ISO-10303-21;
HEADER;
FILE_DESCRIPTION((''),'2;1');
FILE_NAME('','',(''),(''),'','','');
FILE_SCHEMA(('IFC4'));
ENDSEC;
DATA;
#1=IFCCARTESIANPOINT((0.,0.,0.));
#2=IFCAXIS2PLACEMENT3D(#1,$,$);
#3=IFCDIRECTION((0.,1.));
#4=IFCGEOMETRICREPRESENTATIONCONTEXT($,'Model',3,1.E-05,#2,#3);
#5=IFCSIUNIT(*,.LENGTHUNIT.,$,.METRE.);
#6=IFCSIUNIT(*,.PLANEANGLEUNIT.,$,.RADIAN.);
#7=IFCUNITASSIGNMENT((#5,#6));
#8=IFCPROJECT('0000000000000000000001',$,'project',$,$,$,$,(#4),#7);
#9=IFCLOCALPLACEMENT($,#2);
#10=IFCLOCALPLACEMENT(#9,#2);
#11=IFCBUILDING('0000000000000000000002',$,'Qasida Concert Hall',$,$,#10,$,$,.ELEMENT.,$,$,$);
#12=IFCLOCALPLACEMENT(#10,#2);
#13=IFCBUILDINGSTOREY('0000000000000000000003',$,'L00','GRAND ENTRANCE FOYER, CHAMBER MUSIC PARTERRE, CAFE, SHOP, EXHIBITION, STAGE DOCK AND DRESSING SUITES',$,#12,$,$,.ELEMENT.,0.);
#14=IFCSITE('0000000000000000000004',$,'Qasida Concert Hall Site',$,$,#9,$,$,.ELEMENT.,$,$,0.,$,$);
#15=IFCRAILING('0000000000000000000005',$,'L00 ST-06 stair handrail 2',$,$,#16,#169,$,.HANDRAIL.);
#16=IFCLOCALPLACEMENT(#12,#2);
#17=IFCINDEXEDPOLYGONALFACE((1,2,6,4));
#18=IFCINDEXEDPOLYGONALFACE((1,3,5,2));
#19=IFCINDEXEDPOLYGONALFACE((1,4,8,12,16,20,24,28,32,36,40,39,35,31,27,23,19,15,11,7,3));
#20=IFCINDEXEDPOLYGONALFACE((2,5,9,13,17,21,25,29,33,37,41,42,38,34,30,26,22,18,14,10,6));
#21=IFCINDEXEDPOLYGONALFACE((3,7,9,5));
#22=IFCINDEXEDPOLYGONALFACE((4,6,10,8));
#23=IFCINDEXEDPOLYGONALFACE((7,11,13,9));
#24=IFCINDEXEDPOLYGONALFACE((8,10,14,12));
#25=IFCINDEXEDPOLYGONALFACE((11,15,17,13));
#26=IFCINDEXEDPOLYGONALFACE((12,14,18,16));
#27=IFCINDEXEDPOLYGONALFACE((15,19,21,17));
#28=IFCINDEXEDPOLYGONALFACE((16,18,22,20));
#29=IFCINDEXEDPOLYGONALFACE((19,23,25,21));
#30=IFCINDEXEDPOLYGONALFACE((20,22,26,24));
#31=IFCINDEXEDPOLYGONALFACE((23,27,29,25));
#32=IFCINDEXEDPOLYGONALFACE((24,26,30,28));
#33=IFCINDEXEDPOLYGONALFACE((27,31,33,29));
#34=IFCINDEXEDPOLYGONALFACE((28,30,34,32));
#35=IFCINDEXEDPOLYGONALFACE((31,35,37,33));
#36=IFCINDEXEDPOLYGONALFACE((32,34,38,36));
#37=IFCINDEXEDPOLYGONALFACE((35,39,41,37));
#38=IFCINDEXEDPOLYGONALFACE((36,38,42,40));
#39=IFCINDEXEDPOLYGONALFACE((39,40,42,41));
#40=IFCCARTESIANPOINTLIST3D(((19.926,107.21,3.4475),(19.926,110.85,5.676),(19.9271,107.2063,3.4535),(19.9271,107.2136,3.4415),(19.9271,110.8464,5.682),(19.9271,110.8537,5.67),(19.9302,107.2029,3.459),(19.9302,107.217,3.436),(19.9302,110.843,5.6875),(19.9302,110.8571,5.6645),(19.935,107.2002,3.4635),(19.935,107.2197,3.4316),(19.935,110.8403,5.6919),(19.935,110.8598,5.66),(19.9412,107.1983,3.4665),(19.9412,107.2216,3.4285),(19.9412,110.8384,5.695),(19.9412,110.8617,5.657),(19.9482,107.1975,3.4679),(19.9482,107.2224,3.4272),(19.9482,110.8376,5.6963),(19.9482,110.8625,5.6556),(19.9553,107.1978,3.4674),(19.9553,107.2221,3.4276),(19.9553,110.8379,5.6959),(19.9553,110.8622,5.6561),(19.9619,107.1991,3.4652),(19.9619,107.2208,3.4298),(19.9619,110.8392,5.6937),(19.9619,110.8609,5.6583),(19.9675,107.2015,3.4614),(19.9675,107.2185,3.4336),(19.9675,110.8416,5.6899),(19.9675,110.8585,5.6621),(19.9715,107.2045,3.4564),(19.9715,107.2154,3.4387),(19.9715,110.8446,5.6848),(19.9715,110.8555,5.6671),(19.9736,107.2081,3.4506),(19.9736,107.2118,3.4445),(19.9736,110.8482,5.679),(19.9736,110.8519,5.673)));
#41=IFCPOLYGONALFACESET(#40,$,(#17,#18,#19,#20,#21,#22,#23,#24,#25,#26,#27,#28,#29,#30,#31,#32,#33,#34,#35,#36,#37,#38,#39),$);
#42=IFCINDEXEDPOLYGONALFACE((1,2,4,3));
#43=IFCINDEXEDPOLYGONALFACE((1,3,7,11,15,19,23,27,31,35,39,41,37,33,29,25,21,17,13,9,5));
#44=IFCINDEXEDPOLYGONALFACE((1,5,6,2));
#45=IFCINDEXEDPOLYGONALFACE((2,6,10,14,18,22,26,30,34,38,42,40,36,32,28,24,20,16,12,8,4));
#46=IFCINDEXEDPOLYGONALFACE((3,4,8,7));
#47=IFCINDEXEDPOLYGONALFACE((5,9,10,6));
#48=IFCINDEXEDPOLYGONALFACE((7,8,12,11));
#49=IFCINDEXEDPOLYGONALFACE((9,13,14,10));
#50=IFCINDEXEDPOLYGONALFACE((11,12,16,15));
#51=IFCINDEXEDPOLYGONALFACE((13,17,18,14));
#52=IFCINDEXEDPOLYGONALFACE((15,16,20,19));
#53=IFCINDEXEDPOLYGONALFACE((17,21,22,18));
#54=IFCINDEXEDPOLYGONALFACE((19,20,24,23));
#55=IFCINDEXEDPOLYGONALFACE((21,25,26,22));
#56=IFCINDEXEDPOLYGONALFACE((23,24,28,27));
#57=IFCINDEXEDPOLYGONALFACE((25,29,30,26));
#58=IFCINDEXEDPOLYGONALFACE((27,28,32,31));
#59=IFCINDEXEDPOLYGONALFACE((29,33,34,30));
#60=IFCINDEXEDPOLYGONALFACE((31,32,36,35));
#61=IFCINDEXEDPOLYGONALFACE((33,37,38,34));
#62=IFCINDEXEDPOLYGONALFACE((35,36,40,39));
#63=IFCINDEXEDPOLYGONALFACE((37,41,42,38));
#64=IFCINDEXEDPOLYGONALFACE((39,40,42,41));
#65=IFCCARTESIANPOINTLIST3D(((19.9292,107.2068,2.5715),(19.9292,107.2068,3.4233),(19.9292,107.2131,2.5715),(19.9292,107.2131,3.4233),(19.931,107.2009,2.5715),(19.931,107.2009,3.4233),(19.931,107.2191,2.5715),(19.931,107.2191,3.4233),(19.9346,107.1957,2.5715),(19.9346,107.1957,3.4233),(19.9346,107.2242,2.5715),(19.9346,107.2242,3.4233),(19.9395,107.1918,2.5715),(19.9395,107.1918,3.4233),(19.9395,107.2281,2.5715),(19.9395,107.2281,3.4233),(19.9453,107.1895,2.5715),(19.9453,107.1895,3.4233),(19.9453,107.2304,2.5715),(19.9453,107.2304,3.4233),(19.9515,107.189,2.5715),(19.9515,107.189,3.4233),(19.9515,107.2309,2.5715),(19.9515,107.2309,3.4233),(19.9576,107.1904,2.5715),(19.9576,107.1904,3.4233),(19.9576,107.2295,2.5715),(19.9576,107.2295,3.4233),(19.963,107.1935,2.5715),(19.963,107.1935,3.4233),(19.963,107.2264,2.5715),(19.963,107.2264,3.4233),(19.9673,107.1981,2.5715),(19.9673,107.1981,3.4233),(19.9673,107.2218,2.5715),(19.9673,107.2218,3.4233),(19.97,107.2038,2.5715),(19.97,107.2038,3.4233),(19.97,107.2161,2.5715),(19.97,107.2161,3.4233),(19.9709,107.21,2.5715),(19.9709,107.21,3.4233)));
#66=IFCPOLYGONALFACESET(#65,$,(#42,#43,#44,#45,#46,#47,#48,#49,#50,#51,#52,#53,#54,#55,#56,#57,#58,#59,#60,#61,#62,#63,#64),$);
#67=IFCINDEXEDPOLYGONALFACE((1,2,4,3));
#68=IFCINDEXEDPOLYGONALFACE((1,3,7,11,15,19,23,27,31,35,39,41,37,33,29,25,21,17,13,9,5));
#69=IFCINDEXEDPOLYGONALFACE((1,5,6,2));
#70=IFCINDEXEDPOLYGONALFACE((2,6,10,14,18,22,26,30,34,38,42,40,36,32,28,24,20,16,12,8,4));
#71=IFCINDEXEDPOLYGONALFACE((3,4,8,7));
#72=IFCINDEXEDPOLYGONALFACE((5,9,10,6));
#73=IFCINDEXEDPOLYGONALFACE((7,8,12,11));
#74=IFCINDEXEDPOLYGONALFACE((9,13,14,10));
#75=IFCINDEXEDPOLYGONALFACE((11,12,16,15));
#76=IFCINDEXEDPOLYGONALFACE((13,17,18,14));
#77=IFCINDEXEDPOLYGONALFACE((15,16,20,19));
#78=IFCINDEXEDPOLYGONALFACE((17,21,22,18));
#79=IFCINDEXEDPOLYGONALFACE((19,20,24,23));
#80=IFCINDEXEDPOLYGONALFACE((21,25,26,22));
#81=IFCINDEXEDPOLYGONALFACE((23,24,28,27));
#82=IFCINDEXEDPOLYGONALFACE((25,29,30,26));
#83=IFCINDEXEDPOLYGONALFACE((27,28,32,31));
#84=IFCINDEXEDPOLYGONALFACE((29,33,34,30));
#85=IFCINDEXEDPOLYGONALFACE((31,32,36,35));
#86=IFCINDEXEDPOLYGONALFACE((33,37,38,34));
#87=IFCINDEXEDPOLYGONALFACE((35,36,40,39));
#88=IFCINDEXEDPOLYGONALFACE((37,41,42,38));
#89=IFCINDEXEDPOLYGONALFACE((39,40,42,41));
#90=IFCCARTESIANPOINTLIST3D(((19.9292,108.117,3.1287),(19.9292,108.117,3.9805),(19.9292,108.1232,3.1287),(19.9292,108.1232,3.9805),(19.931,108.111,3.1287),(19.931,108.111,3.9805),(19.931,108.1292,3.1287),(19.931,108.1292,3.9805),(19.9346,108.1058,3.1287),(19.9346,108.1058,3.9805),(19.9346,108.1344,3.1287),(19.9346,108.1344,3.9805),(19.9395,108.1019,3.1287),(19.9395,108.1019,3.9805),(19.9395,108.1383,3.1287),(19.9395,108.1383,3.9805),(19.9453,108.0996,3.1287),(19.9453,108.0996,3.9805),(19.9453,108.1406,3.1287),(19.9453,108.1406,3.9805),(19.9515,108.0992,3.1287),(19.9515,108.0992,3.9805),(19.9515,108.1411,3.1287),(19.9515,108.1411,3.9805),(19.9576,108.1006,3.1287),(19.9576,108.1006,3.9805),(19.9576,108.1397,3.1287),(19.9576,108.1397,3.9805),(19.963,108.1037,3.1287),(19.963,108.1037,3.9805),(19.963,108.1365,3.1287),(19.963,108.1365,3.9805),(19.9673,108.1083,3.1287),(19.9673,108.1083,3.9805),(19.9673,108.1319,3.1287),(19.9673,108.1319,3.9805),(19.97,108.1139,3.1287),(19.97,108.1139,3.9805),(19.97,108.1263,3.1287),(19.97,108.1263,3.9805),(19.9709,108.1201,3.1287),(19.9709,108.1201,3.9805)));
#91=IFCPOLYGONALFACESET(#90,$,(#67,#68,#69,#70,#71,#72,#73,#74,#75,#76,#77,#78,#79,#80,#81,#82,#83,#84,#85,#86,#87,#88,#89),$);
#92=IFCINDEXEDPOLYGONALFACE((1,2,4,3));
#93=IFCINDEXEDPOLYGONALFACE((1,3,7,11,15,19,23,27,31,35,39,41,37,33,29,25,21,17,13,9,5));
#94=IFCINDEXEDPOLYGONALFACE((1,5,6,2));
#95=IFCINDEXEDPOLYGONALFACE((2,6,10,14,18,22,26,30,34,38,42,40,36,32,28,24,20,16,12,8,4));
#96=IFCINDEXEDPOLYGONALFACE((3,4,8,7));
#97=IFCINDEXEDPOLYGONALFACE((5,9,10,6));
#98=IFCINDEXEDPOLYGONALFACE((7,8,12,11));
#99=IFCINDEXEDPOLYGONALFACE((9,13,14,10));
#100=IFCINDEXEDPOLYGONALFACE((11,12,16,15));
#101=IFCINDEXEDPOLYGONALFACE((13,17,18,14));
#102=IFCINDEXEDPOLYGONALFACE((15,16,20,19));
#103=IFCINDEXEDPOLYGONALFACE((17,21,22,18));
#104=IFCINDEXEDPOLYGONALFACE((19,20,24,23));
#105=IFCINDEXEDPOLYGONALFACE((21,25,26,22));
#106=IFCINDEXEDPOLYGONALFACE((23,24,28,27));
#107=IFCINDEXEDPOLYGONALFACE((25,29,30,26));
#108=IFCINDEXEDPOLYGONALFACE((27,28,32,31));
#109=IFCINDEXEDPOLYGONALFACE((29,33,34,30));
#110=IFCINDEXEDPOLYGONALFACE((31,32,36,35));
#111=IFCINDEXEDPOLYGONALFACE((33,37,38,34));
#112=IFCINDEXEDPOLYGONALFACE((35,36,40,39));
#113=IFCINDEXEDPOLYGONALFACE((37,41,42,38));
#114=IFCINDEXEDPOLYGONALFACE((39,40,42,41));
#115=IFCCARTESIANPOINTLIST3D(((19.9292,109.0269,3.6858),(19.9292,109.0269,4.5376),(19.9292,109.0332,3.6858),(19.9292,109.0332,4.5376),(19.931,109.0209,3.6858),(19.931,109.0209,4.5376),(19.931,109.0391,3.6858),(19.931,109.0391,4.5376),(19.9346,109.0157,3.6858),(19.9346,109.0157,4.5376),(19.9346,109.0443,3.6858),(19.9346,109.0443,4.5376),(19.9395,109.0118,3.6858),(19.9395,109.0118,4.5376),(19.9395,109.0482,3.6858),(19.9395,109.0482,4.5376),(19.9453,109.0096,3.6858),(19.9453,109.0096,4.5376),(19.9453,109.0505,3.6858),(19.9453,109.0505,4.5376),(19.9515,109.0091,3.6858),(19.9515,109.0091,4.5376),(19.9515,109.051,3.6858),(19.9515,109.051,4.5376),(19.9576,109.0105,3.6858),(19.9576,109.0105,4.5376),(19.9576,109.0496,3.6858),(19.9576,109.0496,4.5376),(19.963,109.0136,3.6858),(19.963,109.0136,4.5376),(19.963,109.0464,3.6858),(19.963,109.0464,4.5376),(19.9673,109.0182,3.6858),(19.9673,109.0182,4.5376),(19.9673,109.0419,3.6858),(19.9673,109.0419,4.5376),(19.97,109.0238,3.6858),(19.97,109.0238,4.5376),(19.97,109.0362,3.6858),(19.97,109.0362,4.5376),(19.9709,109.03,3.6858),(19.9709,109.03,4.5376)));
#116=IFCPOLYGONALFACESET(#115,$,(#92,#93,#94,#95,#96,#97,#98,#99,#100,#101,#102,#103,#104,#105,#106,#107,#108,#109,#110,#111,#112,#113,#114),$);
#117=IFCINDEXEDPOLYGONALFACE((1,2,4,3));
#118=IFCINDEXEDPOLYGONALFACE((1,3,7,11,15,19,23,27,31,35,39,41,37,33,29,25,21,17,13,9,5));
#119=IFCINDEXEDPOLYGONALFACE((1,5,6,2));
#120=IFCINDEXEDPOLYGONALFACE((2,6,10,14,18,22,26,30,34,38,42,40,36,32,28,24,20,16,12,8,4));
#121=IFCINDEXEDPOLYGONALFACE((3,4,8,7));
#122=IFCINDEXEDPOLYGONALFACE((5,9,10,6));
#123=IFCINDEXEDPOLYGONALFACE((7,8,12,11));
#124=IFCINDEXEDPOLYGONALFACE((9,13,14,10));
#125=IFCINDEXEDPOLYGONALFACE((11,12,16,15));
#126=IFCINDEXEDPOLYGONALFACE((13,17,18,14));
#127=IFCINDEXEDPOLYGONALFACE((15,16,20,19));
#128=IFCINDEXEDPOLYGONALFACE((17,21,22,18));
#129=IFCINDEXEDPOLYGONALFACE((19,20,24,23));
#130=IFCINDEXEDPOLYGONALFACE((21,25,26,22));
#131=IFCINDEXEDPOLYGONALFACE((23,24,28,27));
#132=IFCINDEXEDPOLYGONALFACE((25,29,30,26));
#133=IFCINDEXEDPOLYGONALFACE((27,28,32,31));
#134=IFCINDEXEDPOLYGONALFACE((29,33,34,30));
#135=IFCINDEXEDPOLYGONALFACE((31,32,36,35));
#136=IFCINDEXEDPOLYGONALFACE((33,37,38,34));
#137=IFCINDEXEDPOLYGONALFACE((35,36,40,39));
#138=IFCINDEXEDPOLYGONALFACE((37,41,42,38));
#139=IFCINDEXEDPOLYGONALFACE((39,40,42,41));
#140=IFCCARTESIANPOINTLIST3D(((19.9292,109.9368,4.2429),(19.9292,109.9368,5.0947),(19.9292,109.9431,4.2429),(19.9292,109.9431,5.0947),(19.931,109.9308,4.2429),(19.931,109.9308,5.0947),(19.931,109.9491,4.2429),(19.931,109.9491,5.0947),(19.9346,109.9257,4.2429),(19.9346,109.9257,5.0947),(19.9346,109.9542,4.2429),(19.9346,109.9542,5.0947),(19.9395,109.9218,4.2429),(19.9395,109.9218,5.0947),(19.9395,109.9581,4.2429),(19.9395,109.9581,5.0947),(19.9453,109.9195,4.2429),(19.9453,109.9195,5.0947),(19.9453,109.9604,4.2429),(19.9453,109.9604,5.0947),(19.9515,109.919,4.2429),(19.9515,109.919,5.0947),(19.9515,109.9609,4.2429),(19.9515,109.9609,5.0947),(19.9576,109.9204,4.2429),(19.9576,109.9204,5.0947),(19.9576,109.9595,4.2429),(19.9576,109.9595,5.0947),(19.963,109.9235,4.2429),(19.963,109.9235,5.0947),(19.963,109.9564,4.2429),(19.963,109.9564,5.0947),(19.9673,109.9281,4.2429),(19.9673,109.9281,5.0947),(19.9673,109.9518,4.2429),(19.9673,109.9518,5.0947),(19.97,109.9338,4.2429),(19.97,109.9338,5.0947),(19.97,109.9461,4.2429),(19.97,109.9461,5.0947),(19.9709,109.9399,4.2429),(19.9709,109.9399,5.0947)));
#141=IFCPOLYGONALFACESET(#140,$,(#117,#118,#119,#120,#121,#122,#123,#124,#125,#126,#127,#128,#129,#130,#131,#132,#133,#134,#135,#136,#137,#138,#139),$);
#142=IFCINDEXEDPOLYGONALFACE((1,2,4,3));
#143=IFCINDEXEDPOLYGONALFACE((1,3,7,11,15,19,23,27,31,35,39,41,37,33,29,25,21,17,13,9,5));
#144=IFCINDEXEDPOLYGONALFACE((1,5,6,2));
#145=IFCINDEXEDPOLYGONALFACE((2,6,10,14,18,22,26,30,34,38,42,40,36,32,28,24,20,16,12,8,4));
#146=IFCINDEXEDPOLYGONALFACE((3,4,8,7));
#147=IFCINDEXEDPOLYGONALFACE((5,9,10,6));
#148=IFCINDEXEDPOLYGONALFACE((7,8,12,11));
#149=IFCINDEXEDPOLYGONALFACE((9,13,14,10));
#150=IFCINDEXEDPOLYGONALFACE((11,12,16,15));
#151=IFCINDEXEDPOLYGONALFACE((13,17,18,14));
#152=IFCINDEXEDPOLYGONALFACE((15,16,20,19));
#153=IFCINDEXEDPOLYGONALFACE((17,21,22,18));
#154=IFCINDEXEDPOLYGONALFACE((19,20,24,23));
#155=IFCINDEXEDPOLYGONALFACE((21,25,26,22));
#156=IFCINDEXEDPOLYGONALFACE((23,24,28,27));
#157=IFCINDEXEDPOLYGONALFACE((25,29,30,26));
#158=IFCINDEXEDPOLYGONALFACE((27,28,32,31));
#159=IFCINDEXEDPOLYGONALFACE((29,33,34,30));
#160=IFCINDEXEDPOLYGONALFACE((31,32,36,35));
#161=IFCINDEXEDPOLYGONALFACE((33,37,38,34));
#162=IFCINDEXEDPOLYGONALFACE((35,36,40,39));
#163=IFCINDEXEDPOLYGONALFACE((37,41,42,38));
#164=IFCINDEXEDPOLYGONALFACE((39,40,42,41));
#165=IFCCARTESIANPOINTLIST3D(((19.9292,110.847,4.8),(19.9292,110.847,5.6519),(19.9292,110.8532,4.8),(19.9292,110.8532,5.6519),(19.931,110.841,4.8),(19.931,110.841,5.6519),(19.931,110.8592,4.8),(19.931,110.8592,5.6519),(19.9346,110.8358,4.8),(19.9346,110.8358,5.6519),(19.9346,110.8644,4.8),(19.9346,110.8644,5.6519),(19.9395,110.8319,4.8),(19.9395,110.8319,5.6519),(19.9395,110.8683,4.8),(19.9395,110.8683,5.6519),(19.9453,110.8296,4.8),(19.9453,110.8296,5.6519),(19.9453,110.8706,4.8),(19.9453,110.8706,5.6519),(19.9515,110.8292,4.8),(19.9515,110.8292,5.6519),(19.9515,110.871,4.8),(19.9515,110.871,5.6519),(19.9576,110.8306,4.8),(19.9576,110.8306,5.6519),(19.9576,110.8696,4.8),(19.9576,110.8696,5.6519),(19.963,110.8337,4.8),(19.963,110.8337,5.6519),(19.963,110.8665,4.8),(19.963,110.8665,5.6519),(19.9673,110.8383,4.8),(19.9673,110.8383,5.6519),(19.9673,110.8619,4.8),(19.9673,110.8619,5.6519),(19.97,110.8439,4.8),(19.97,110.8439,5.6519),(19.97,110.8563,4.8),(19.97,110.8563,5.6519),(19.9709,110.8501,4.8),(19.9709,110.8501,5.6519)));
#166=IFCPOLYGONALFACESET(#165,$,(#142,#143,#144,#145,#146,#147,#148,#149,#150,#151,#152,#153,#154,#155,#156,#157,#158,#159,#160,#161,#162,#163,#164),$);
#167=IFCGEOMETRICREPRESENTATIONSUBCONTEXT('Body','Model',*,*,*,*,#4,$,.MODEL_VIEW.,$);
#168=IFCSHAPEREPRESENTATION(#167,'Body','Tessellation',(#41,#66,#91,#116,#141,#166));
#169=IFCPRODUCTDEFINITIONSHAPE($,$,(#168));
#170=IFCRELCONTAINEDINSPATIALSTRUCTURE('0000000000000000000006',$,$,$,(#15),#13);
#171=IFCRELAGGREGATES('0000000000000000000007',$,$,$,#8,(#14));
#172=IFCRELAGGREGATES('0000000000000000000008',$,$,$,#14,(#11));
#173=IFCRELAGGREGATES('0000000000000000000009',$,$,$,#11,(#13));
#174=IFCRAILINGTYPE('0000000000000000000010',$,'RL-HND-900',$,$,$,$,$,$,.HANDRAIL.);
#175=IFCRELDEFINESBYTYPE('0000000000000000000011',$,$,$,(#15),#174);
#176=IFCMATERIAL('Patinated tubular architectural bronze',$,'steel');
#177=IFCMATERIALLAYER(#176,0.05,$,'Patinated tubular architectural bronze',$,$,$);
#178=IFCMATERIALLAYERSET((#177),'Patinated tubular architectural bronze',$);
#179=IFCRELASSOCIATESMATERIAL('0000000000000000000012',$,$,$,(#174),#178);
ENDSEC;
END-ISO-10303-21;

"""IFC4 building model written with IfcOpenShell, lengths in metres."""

from ifc_helpers import new_model, si_unit, direction, frame, origin, origin_2d, place, context, subcontext, project, spatial, circle, extrude, material, layer, layer_set, type_object, element, save


model = new_model("IFC4")

# Units and contexts
model_context = context("Model", 3, precision=1e-05, world=origin(), true_north=direction((0.0, 1.0)))
body_context = subcontext(model_context, "Body", "Model", "MODEL_VIEW")
ifc_project = project(units=[si_unit("LENGTHUNIT", "METRE"), si_unit("PLANEANGLEUNIT", "RADIAN")], contexts=[model_context])

# Site, building, storey
site_placement = place(None, origin())
site = spatial("IfcSite", under=ifc_project, at=site_placement, Name="Qasida Concert Hall Site", CompositionType="ELEMENT", RefElevation=0.0)
building_placement = place(site_placement, origin())
building = spatial("IfcBuilding", under=site, at=building_placement, Name="Qasida Concert Hall", CompositionType="ELEMENT")
storey_placement = place(building_placement, origin())
storey = spatial("IfcBuildingStorey", under=building, at=storey_placement, Name="L00", Description="GRAND ENTRANCE FOYER, CHAMBER MUSIC PARTERRE, CAFE, SHOP, EXHIBITION, STAGE DOCK AND DRESSING SUITES", CompositionType="ELEMENT", Elevation=0.0)

# Railing
ifc_material_1 = material(Name="Patinated tubular architectural bronze", Category="steel")
ifc_layer_1 = layer(ifc_material_1, 0.05, Name="Patinated tubular architectural bronze")
ifc_layer_set_1 = layer_set([ifc_layer_1], Name="Patinated tubular architectural bronze")
railing_type_1 = type_object("IfcRailingType", Name="RL-HND-900", PredefinedType="HANDRAIL", material=ifc_layer_set_1)
railing_1_placement = place(storey_placement, frame((19.95, 107.21, 2.5715)))
element("IfcRailing", 1, at=railing_1_placement, inside=storey, type_object=railing_type_1, Name="L00 ST-06 stair handrail 2", PredefinedType="HANDRAIL", context=body_context, shape_type="SweptSolid", body=[
    extrude(circle(Radius=0.0239, at=origin_2d()), frame((0.0, 0.0, 0.876), z_axis=(0.0, 0.852866, 0.52213), x_axis=(-1.0, 0.0, 0.0)), (0.0, 0.0, 1.0), 4.2681),
    extrude(circle(Radius=0.021, at=origin_2d()), origin(), (0.0, 0.0, 1.0), 0.8518),
    extrude(circle(Radius=0.021, at=origin_2d()), frame((0.0, 0.9102, 0.5571)), (0.0, 0.0, 1.0), 0.8518),
    extrude(circle(Radius=0.021, at=origin_2d()), frame((0.0, 1.8201, 1.1143)), (0.0, 0.0, 1.0), 0.8518),
    extrude(circle(Radius=0.021, at=origin_2d()), frame((0.0, 2.73, 1.6714)), (0.0, 0.0, 1.0), 0.8518),
    extrude(circle(Radius=0.021, at=origin_2d()), frame((0.0, 3.6401, 2.2285)), (0.0, 0.0, 1.0), 0.8518),
])

save(model, "model.ifc")
